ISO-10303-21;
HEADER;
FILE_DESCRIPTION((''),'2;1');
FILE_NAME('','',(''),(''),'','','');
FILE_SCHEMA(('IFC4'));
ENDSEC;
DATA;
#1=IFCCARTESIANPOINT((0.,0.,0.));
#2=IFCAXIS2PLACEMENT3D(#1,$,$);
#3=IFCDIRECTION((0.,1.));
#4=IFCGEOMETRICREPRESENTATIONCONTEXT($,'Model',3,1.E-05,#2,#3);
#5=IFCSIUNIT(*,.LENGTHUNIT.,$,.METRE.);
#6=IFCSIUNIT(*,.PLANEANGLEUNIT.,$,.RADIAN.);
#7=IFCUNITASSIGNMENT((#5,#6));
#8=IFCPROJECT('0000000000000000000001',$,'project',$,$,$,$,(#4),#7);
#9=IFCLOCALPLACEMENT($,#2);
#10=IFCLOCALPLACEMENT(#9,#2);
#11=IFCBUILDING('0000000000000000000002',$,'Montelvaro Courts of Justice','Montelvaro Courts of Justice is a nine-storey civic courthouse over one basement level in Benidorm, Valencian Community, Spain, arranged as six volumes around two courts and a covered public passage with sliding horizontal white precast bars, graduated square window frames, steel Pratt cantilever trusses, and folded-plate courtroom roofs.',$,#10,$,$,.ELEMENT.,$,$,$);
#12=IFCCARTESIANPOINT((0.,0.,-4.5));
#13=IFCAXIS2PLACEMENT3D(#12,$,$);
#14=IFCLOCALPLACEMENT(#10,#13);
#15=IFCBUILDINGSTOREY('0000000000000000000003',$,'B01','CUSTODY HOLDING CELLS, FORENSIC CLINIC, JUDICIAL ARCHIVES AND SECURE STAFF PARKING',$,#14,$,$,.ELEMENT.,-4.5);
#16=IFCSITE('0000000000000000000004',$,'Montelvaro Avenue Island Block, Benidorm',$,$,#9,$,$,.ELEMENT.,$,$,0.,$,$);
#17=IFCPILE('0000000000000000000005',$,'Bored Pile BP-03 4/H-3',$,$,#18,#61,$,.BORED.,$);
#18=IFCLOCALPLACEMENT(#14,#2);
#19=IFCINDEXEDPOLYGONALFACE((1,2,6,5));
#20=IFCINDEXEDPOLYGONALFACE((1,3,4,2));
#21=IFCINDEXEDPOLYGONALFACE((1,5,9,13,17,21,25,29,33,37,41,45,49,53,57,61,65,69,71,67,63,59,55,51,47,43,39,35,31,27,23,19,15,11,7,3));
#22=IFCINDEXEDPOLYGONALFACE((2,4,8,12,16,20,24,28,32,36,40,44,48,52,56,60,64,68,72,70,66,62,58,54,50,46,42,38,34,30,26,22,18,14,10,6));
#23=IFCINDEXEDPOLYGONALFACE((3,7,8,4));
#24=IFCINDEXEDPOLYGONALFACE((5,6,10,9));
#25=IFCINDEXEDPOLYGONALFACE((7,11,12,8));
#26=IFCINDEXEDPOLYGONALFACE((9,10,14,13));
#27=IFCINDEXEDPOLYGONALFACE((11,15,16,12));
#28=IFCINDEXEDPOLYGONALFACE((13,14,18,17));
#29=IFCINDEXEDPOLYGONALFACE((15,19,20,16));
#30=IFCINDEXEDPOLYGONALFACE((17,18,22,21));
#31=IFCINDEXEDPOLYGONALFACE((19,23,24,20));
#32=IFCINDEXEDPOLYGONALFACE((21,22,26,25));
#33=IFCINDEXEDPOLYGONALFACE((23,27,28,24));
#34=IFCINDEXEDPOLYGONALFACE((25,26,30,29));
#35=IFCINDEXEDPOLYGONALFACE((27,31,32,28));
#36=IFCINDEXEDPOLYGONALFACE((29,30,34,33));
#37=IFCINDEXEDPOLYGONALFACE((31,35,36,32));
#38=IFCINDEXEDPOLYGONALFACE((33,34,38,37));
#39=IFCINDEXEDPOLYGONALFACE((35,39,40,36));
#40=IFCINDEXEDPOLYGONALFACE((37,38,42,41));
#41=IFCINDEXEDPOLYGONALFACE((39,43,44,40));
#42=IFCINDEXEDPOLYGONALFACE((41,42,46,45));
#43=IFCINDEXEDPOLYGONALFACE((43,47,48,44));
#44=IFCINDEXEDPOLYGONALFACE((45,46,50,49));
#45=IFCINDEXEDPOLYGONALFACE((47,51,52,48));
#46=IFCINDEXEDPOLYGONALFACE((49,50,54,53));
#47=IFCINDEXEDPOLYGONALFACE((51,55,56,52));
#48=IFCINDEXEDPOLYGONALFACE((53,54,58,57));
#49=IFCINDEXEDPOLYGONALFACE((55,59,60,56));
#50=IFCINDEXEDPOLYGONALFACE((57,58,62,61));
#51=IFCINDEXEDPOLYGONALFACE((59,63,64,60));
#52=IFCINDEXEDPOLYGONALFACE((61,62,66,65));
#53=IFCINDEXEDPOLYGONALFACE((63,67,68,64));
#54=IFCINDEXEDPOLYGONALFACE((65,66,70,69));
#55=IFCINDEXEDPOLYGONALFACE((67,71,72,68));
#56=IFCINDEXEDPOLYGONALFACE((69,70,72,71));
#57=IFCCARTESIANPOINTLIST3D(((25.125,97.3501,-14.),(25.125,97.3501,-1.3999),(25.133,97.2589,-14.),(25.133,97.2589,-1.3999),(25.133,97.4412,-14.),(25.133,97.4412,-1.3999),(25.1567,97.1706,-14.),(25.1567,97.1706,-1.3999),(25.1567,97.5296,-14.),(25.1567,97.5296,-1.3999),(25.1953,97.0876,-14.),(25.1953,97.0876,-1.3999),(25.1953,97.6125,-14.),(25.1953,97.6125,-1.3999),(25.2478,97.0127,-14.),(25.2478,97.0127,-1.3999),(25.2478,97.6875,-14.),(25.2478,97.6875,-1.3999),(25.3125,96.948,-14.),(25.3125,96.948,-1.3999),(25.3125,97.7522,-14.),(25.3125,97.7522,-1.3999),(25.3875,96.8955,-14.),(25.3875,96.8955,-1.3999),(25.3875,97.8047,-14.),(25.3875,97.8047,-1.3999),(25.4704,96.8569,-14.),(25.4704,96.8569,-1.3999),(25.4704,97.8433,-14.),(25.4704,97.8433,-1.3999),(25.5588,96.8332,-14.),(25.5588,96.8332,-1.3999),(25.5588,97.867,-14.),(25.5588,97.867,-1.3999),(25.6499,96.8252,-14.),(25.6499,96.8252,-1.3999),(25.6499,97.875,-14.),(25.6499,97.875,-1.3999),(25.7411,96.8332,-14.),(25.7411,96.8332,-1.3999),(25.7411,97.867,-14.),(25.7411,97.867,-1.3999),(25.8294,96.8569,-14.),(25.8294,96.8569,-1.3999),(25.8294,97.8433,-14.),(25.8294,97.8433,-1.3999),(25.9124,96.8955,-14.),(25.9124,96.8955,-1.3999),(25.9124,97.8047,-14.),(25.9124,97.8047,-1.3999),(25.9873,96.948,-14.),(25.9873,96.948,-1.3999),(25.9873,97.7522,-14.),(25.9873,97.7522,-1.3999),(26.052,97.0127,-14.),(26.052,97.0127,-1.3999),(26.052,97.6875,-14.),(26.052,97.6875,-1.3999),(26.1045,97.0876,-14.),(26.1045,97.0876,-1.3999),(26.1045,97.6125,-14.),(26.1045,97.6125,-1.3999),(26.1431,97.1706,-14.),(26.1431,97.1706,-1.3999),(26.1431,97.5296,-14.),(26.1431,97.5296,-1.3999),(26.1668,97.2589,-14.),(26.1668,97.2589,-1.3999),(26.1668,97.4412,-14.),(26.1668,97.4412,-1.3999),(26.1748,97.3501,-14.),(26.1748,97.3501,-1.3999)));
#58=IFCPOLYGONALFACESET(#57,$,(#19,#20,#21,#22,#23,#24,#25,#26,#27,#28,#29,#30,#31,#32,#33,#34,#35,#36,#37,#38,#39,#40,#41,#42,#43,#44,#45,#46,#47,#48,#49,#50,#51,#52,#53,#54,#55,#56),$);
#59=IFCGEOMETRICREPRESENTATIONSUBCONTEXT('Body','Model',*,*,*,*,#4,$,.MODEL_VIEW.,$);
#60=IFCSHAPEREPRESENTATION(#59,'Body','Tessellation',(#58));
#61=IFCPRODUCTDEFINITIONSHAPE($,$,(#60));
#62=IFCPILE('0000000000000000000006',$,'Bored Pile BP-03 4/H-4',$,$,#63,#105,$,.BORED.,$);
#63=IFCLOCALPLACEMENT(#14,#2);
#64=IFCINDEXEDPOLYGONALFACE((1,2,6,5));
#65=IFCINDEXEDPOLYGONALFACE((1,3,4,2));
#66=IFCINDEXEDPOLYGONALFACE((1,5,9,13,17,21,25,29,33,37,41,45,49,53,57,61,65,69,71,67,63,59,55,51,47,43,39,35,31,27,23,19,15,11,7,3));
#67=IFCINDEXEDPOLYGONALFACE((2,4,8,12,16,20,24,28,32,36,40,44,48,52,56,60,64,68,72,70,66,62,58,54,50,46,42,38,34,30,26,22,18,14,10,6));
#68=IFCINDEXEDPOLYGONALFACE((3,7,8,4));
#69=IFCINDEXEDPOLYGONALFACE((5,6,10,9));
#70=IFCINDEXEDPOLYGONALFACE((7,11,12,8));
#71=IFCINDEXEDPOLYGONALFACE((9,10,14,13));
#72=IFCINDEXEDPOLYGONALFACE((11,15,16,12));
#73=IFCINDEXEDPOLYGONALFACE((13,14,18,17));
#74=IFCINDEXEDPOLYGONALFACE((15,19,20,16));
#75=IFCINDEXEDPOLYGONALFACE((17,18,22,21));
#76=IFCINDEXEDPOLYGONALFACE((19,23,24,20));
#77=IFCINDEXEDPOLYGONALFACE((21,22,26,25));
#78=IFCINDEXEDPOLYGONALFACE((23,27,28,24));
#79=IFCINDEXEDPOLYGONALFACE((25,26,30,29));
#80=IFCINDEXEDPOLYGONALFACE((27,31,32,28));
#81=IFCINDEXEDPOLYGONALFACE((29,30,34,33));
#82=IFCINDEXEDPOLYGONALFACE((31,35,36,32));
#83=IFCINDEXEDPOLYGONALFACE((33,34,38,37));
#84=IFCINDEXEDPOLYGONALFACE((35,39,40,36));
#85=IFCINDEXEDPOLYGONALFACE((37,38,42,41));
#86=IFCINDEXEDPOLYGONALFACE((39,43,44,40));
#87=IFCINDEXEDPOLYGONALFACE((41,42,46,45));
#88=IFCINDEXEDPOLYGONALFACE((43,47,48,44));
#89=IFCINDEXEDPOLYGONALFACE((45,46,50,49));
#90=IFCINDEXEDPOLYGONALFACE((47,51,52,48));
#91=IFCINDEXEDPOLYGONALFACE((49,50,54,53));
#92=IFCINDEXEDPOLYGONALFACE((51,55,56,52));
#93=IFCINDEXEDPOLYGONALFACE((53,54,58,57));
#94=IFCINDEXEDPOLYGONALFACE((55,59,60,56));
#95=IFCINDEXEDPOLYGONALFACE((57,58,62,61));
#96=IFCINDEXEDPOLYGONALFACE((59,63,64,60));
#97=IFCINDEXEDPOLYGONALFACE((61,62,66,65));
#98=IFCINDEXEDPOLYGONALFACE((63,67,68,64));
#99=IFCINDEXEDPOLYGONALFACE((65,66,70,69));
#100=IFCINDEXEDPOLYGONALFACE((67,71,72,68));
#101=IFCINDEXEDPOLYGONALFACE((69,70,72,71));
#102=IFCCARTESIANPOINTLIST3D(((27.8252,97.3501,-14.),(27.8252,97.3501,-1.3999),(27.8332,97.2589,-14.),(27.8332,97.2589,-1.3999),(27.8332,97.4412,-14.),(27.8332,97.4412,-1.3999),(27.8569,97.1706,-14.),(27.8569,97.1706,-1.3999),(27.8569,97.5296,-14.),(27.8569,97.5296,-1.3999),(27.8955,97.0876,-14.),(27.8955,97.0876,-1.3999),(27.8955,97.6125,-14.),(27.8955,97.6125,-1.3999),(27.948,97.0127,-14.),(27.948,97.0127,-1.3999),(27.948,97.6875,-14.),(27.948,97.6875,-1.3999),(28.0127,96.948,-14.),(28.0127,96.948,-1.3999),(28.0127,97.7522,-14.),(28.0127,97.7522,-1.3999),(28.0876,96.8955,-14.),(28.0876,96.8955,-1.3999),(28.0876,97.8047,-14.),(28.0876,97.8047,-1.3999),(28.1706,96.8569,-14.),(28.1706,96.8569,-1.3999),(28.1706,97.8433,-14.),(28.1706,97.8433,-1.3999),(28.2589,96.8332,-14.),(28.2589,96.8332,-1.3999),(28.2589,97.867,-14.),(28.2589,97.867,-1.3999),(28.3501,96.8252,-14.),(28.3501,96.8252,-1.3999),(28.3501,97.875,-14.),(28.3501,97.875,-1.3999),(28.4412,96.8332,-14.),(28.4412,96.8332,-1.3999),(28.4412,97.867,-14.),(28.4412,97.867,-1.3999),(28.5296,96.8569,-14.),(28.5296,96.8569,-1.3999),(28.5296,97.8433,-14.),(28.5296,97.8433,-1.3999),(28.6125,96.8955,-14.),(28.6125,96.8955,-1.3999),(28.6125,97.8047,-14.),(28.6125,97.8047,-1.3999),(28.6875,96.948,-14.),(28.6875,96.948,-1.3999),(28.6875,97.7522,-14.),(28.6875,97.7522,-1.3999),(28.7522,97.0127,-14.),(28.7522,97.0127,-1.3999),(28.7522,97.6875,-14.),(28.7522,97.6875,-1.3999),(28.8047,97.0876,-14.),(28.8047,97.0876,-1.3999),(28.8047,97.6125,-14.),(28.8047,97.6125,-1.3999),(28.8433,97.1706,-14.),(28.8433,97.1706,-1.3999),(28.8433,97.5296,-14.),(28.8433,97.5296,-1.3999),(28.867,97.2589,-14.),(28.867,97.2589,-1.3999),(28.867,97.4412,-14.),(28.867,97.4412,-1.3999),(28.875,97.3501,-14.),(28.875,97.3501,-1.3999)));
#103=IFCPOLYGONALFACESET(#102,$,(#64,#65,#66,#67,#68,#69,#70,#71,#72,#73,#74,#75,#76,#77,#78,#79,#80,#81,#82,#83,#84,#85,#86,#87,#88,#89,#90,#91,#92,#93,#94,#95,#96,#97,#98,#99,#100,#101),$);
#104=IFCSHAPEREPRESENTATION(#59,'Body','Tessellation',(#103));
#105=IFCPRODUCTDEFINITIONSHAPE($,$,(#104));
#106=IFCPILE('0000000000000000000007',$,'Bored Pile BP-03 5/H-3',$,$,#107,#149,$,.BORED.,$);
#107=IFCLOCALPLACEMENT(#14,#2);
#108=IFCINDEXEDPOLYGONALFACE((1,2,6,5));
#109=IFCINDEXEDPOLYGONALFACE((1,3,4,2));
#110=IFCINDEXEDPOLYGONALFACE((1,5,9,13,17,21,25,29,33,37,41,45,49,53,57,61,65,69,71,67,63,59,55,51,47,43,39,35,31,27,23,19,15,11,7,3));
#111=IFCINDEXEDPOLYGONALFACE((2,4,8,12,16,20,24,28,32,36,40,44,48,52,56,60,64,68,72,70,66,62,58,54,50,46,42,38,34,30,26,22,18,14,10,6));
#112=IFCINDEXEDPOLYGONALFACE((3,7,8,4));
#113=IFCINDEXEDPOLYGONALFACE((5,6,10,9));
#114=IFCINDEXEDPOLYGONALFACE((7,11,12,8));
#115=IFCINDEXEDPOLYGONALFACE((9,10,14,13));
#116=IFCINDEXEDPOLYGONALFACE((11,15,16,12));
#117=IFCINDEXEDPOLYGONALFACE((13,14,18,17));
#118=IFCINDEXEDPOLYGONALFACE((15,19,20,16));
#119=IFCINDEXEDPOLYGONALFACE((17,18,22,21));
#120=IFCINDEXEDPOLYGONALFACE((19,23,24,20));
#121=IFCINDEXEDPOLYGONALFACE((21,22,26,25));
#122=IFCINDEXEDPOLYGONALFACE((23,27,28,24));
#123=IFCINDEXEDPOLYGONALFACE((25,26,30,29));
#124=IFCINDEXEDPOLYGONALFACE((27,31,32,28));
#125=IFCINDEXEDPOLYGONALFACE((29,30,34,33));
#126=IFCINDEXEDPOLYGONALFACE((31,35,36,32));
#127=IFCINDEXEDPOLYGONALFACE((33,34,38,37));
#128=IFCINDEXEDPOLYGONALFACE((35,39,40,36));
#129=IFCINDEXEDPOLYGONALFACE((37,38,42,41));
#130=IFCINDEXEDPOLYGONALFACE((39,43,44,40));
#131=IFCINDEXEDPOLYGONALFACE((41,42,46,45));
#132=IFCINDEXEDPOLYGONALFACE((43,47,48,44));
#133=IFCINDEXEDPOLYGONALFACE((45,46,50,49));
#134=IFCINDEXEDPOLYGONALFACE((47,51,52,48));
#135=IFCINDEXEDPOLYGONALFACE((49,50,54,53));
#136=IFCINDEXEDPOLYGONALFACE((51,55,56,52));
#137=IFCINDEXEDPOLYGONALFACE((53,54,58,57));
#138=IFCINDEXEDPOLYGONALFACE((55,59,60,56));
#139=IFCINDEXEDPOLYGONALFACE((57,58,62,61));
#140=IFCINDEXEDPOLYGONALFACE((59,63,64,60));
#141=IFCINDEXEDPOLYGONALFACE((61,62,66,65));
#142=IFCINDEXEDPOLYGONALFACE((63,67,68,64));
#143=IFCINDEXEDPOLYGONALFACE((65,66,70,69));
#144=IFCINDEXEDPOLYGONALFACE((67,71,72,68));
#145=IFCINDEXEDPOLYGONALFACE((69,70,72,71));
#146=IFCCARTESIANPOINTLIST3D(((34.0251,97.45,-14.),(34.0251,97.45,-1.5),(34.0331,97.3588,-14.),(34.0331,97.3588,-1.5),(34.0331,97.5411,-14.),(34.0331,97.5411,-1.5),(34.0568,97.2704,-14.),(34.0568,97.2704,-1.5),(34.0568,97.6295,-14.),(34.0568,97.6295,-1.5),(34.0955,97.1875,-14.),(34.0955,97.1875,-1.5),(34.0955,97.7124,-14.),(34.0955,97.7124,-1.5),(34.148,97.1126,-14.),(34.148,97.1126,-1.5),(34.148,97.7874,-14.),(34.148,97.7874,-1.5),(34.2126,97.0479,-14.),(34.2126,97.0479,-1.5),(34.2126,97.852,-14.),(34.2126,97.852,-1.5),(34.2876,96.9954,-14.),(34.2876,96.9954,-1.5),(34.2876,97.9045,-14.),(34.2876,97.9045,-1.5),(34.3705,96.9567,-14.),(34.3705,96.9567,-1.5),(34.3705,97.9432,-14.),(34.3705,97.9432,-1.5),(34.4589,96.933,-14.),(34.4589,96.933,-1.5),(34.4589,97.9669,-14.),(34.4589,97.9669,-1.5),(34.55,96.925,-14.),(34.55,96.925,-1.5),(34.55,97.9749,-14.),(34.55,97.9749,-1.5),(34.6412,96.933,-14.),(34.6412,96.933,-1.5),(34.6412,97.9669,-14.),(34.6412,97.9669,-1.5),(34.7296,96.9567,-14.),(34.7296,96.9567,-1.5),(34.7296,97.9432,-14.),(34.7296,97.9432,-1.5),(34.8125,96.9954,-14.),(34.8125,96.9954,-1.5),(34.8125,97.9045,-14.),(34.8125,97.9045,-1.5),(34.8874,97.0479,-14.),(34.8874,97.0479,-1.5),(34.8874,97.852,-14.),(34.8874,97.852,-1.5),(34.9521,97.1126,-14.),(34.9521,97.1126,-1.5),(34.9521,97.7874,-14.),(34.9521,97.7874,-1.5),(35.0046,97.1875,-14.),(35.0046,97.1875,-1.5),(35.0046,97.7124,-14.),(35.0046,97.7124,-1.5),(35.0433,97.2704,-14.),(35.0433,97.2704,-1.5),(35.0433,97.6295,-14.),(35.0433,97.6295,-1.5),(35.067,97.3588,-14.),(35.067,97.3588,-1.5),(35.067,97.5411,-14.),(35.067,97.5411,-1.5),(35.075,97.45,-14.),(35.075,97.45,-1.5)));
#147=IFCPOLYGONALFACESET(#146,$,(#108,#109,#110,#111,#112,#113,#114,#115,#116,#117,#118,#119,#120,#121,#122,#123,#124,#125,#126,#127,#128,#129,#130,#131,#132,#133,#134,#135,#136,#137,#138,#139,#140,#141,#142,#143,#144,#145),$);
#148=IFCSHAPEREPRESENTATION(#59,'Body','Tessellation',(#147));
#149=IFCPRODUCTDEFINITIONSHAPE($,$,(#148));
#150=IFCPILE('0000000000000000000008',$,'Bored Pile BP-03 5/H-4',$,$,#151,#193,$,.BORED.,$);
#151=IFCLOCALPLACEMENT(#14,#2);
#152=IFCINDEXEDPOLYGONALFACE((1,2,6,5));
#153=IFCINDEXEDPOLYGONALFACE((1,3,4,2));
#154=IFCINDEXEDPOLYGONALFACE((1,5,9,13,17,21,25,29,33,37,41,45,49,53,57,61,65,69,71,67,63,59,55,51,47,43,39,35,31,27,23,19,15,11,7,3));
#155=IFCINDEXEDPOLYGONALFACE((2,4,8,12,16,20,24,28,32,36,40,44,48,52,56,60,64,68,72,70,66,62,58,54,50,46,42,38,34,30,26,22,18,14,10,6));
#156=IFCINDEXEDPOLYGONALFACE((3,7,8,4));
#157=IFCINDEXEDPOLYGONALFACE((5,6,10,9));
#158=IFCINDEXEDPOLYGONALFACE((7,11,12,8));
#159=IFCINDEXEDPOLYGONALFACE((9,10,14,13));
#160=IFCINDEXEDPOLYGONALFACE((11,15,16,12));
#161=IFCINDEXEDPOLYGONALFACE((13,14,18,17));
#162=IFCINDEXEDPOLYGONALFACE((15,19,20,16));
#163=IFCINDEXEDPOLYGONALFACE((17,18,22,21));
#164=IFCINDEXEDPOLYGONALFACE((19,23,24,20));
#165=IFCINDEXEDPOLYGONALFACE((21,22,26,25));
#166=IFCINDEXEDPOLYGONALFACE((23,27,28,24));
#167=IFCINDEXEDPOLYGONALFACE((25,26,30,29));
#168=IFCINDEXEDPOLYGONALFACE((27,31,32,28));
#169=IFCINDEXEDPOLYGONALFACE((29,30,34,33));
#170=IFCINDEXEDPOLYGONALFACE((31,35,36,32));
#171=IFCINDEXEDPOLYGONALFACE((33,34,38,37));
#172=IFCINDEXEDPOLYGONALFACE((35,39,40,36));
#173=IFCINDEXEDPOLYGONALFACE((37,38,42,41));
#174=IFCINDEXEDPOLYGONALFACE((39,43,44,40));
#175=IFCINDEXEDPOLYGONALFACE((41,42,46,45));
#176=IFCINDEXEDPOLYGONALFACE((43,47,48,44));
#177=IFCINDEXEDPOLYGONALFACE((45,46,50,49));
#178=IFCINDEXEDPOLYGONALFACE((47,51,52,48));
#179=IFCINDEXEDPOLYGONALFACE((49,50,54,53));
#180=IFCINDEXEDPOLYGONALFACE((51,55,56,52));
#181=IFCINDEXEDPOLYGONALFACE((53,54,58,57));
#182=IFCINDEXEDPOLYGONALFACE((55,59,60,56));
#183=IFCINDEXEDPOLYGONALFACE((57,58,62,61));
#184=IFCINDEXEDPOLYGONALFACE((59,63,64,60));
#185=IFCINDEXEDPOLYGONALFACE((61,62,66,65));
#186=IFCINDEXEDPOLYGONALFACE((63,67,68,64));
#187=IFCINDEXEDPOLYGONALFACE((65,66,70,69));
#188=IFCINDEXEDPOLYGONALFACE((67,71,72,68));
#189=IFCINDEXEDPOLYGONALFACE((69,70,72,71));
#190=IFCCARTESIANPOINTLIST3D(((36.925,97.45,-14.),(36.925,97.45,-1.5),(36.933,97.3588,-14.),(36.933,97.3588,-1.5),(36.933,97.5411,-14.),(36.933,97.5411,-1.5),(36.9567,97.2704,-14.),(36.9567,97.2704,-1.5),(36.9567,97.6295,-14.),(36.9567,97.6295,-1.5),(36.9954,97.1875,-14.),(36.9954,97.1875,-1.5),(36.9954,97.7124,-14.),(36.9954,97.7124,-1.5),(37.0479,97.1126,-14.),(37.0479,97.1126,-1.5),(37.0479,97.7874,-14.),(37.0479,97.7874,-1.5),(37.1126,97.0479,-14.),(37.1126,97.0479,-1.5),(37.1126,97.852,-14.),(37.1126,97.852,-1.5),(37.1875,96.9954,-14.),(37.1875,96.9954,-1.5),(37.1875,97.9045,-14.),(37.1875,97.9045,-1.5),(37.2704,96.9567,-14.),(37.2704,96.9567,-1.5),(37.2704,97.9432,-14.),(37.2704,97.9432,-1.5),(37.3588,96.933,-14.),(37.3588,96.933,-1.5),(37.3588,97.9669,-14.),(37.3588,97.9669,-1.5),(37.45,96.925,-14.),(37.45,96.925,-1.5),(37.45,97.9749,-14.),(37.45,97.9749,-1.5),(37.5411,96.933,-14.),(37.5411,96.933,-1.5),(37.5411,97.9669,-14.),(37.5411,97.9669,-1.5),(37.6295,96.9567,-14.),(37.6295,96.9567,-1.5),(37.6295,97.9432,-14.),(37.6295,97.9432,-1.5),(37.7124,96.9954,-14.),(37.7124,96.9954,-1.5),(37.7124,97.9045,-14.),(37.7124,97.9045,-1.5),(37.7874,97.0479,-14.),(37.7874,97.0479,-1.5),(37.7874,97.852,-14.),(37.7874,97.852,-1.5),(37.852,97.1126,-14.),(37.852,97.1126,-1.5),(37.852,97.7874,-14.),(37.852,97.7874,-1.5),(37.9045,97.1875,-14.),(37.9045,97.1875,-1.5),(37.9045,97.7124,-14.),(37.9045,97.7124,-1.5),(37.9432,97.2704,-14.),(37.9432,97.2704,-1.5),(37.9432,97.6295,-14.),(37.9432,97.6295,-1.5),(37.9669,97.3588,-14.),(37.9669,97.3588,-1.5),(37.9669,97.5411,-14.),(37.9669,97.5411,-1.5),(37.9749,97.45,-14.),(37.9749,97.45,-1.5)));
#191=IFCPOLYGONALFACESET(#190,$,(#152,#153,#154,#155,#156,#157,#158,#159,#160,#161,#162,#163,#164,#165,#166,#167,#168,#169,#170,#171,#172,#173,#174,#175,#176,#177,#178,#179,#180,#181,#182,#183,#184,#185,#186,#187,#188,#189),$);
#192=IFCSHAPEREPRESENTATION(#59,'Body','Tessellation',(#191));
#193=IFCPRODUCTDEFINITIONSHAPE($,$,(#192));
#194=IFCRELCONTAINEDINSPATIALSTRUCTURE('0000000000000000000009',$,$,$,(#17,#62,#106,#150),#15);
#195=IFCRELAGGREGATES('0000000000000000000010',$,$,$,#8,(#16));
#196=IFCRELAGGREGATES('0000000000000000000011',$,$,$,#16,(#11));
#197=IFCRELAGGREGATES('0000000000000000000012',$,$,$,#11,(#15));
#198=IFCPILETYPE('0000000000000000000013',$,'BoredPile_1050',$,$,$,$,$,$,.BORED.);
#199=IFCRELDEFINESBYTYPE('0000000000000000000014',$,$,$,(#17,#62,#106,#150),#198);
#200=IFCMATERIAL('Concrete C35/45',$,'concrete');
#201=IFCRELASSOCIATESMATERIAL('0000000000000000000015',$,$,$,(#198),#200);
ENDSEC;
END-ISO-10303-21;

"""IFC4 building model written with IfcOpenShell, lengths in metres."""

from ifc_helpers import new_model, si_unit, direction, frame, origin, origin_2d, place, context, subcontext, project, spatial, circle, extrude, material, material_profile, profile_set, type_object, element, save


model = new_model("IFC4")

# Units and contexts
model_context = context("Model", 3, precision=1e-05, world=origin(), true_north=direction((0.0, 1.0)))
body_context = subcontext(model_context, "Body", "Model", "MODEL_VIEW")
ifc_project = project(units=[si_unit("LENGTHUNIT", "METRE"), si_unit("PLANEANGLEUNIT", "RADIAN")], contexts=[model_context])

# Site, building, storey
site_placement = place(None, origin())
site = spatial("IfcSite", under=ifc_project, at=site_placement, Name="Montelvaro Avenue Island Block, Benidorm", CompositionType="ELEMENT", RefElevation=0.0)
building_placement = place(site_placement, origin())
building = spatial("IfcBuilding", under=site, at=building_placement, Name="Montelvaro Courts of Justice", Description="Montelvaro Courts of Justice is a nine-storey civic courthouse over one basement level in Benidorm, Valencian Community, Spain, arranged as six volumes around two courts and a covered public passage with sliding horizontal white precast bars, graduated square window frames, steel Pratt cantilever trusses, and folded-plate courtroom roofs.", CompositionType="ELEMENT")
storey_placement = place(building_placement, frame((0.0, 0.0, -4.5)))
storey = spatial("IfcBuildingStorey", under=building, at=storey_placement, Name="B01", Description="CUSTODY HOLDING CELLS, FORENSIC CLINIC, JUDICIAL ARCHIVES AND SECURE STAFF PARKING", CompositionType="ELEMENT", Elevation=-4.5)

# Piles
ifc_material_1 = material(Name="Concrete C35/45", Category="concrete")
ifc_material_profile_1 = material_profile(ifc_material_1, circle(Radius=0.5249, at=origin_2d()), Name="BORED PILE D1050")
ifc_profile_set_1 = profile_set([ifc_material_profile_1], Name="Concrete C35/45")
pile_type_1 = type_object("IfcPileType", Name="BoredPile_1050", PredefinedType="BORED", material=ifc_profile_set_1)
for number, where, z_axis, x_axis, name in (
    (1, (25.6499, 97.3501, -1.3999), (0.0, 0.0, -1.0), (1.0, 0.0, 0.0), "Bored Pile BP-03 4/H-3"),
    (2, (28.3501, 97.3501, -1.3999), (0.0, 0.0, -1.0), (1.0, 0.0, 0.0), "Bored Pile BP-03 4/H-4"),
):
    element("IfcPile", number, at=place(storey_placement, frame(where, z_axis=z_axis, x_axis=x_axis)), inside=storey, type_object=pile_type_1, Name=name, PredefinedType="BORED", context=body_context, shape_type="SweptSolid", body=[
        extrude(circle(Radius=0.5249, at=origin_2d()), origin(), (0.0, 0.0, 1.0), 12.6001),
    ])
for number, where, z_axis, x_axis, name in (
    (3, (34.55, 97.45, -1.5), (0.0, 0.0, -1.0), (1.0, 0.0, 0.0), "Bored Pile BP-03 5/H-3"),
    (4, (37.45, 97.45, -1.5), (0.0, 0.0, -1.0), (1.0, 0.0, 0.0), "Bored Pile BP-03 5/H-4"),
):
    element("IfcPile", number, at=place(storey_placement, frame(where, z_axis=z_axis, x_axis=x_axis)), inside=storey, type_object=pile_type_1, Name=name, PredefinedType="BORED", context=body_context, shape_type="SweptSolid", body=[
        extrude(circle(Radius=0.5249, at=origin_2d()), origin(), (0.0, 0.0, 1.0), 12.5),
    ])

save(model, "model.ifc")
